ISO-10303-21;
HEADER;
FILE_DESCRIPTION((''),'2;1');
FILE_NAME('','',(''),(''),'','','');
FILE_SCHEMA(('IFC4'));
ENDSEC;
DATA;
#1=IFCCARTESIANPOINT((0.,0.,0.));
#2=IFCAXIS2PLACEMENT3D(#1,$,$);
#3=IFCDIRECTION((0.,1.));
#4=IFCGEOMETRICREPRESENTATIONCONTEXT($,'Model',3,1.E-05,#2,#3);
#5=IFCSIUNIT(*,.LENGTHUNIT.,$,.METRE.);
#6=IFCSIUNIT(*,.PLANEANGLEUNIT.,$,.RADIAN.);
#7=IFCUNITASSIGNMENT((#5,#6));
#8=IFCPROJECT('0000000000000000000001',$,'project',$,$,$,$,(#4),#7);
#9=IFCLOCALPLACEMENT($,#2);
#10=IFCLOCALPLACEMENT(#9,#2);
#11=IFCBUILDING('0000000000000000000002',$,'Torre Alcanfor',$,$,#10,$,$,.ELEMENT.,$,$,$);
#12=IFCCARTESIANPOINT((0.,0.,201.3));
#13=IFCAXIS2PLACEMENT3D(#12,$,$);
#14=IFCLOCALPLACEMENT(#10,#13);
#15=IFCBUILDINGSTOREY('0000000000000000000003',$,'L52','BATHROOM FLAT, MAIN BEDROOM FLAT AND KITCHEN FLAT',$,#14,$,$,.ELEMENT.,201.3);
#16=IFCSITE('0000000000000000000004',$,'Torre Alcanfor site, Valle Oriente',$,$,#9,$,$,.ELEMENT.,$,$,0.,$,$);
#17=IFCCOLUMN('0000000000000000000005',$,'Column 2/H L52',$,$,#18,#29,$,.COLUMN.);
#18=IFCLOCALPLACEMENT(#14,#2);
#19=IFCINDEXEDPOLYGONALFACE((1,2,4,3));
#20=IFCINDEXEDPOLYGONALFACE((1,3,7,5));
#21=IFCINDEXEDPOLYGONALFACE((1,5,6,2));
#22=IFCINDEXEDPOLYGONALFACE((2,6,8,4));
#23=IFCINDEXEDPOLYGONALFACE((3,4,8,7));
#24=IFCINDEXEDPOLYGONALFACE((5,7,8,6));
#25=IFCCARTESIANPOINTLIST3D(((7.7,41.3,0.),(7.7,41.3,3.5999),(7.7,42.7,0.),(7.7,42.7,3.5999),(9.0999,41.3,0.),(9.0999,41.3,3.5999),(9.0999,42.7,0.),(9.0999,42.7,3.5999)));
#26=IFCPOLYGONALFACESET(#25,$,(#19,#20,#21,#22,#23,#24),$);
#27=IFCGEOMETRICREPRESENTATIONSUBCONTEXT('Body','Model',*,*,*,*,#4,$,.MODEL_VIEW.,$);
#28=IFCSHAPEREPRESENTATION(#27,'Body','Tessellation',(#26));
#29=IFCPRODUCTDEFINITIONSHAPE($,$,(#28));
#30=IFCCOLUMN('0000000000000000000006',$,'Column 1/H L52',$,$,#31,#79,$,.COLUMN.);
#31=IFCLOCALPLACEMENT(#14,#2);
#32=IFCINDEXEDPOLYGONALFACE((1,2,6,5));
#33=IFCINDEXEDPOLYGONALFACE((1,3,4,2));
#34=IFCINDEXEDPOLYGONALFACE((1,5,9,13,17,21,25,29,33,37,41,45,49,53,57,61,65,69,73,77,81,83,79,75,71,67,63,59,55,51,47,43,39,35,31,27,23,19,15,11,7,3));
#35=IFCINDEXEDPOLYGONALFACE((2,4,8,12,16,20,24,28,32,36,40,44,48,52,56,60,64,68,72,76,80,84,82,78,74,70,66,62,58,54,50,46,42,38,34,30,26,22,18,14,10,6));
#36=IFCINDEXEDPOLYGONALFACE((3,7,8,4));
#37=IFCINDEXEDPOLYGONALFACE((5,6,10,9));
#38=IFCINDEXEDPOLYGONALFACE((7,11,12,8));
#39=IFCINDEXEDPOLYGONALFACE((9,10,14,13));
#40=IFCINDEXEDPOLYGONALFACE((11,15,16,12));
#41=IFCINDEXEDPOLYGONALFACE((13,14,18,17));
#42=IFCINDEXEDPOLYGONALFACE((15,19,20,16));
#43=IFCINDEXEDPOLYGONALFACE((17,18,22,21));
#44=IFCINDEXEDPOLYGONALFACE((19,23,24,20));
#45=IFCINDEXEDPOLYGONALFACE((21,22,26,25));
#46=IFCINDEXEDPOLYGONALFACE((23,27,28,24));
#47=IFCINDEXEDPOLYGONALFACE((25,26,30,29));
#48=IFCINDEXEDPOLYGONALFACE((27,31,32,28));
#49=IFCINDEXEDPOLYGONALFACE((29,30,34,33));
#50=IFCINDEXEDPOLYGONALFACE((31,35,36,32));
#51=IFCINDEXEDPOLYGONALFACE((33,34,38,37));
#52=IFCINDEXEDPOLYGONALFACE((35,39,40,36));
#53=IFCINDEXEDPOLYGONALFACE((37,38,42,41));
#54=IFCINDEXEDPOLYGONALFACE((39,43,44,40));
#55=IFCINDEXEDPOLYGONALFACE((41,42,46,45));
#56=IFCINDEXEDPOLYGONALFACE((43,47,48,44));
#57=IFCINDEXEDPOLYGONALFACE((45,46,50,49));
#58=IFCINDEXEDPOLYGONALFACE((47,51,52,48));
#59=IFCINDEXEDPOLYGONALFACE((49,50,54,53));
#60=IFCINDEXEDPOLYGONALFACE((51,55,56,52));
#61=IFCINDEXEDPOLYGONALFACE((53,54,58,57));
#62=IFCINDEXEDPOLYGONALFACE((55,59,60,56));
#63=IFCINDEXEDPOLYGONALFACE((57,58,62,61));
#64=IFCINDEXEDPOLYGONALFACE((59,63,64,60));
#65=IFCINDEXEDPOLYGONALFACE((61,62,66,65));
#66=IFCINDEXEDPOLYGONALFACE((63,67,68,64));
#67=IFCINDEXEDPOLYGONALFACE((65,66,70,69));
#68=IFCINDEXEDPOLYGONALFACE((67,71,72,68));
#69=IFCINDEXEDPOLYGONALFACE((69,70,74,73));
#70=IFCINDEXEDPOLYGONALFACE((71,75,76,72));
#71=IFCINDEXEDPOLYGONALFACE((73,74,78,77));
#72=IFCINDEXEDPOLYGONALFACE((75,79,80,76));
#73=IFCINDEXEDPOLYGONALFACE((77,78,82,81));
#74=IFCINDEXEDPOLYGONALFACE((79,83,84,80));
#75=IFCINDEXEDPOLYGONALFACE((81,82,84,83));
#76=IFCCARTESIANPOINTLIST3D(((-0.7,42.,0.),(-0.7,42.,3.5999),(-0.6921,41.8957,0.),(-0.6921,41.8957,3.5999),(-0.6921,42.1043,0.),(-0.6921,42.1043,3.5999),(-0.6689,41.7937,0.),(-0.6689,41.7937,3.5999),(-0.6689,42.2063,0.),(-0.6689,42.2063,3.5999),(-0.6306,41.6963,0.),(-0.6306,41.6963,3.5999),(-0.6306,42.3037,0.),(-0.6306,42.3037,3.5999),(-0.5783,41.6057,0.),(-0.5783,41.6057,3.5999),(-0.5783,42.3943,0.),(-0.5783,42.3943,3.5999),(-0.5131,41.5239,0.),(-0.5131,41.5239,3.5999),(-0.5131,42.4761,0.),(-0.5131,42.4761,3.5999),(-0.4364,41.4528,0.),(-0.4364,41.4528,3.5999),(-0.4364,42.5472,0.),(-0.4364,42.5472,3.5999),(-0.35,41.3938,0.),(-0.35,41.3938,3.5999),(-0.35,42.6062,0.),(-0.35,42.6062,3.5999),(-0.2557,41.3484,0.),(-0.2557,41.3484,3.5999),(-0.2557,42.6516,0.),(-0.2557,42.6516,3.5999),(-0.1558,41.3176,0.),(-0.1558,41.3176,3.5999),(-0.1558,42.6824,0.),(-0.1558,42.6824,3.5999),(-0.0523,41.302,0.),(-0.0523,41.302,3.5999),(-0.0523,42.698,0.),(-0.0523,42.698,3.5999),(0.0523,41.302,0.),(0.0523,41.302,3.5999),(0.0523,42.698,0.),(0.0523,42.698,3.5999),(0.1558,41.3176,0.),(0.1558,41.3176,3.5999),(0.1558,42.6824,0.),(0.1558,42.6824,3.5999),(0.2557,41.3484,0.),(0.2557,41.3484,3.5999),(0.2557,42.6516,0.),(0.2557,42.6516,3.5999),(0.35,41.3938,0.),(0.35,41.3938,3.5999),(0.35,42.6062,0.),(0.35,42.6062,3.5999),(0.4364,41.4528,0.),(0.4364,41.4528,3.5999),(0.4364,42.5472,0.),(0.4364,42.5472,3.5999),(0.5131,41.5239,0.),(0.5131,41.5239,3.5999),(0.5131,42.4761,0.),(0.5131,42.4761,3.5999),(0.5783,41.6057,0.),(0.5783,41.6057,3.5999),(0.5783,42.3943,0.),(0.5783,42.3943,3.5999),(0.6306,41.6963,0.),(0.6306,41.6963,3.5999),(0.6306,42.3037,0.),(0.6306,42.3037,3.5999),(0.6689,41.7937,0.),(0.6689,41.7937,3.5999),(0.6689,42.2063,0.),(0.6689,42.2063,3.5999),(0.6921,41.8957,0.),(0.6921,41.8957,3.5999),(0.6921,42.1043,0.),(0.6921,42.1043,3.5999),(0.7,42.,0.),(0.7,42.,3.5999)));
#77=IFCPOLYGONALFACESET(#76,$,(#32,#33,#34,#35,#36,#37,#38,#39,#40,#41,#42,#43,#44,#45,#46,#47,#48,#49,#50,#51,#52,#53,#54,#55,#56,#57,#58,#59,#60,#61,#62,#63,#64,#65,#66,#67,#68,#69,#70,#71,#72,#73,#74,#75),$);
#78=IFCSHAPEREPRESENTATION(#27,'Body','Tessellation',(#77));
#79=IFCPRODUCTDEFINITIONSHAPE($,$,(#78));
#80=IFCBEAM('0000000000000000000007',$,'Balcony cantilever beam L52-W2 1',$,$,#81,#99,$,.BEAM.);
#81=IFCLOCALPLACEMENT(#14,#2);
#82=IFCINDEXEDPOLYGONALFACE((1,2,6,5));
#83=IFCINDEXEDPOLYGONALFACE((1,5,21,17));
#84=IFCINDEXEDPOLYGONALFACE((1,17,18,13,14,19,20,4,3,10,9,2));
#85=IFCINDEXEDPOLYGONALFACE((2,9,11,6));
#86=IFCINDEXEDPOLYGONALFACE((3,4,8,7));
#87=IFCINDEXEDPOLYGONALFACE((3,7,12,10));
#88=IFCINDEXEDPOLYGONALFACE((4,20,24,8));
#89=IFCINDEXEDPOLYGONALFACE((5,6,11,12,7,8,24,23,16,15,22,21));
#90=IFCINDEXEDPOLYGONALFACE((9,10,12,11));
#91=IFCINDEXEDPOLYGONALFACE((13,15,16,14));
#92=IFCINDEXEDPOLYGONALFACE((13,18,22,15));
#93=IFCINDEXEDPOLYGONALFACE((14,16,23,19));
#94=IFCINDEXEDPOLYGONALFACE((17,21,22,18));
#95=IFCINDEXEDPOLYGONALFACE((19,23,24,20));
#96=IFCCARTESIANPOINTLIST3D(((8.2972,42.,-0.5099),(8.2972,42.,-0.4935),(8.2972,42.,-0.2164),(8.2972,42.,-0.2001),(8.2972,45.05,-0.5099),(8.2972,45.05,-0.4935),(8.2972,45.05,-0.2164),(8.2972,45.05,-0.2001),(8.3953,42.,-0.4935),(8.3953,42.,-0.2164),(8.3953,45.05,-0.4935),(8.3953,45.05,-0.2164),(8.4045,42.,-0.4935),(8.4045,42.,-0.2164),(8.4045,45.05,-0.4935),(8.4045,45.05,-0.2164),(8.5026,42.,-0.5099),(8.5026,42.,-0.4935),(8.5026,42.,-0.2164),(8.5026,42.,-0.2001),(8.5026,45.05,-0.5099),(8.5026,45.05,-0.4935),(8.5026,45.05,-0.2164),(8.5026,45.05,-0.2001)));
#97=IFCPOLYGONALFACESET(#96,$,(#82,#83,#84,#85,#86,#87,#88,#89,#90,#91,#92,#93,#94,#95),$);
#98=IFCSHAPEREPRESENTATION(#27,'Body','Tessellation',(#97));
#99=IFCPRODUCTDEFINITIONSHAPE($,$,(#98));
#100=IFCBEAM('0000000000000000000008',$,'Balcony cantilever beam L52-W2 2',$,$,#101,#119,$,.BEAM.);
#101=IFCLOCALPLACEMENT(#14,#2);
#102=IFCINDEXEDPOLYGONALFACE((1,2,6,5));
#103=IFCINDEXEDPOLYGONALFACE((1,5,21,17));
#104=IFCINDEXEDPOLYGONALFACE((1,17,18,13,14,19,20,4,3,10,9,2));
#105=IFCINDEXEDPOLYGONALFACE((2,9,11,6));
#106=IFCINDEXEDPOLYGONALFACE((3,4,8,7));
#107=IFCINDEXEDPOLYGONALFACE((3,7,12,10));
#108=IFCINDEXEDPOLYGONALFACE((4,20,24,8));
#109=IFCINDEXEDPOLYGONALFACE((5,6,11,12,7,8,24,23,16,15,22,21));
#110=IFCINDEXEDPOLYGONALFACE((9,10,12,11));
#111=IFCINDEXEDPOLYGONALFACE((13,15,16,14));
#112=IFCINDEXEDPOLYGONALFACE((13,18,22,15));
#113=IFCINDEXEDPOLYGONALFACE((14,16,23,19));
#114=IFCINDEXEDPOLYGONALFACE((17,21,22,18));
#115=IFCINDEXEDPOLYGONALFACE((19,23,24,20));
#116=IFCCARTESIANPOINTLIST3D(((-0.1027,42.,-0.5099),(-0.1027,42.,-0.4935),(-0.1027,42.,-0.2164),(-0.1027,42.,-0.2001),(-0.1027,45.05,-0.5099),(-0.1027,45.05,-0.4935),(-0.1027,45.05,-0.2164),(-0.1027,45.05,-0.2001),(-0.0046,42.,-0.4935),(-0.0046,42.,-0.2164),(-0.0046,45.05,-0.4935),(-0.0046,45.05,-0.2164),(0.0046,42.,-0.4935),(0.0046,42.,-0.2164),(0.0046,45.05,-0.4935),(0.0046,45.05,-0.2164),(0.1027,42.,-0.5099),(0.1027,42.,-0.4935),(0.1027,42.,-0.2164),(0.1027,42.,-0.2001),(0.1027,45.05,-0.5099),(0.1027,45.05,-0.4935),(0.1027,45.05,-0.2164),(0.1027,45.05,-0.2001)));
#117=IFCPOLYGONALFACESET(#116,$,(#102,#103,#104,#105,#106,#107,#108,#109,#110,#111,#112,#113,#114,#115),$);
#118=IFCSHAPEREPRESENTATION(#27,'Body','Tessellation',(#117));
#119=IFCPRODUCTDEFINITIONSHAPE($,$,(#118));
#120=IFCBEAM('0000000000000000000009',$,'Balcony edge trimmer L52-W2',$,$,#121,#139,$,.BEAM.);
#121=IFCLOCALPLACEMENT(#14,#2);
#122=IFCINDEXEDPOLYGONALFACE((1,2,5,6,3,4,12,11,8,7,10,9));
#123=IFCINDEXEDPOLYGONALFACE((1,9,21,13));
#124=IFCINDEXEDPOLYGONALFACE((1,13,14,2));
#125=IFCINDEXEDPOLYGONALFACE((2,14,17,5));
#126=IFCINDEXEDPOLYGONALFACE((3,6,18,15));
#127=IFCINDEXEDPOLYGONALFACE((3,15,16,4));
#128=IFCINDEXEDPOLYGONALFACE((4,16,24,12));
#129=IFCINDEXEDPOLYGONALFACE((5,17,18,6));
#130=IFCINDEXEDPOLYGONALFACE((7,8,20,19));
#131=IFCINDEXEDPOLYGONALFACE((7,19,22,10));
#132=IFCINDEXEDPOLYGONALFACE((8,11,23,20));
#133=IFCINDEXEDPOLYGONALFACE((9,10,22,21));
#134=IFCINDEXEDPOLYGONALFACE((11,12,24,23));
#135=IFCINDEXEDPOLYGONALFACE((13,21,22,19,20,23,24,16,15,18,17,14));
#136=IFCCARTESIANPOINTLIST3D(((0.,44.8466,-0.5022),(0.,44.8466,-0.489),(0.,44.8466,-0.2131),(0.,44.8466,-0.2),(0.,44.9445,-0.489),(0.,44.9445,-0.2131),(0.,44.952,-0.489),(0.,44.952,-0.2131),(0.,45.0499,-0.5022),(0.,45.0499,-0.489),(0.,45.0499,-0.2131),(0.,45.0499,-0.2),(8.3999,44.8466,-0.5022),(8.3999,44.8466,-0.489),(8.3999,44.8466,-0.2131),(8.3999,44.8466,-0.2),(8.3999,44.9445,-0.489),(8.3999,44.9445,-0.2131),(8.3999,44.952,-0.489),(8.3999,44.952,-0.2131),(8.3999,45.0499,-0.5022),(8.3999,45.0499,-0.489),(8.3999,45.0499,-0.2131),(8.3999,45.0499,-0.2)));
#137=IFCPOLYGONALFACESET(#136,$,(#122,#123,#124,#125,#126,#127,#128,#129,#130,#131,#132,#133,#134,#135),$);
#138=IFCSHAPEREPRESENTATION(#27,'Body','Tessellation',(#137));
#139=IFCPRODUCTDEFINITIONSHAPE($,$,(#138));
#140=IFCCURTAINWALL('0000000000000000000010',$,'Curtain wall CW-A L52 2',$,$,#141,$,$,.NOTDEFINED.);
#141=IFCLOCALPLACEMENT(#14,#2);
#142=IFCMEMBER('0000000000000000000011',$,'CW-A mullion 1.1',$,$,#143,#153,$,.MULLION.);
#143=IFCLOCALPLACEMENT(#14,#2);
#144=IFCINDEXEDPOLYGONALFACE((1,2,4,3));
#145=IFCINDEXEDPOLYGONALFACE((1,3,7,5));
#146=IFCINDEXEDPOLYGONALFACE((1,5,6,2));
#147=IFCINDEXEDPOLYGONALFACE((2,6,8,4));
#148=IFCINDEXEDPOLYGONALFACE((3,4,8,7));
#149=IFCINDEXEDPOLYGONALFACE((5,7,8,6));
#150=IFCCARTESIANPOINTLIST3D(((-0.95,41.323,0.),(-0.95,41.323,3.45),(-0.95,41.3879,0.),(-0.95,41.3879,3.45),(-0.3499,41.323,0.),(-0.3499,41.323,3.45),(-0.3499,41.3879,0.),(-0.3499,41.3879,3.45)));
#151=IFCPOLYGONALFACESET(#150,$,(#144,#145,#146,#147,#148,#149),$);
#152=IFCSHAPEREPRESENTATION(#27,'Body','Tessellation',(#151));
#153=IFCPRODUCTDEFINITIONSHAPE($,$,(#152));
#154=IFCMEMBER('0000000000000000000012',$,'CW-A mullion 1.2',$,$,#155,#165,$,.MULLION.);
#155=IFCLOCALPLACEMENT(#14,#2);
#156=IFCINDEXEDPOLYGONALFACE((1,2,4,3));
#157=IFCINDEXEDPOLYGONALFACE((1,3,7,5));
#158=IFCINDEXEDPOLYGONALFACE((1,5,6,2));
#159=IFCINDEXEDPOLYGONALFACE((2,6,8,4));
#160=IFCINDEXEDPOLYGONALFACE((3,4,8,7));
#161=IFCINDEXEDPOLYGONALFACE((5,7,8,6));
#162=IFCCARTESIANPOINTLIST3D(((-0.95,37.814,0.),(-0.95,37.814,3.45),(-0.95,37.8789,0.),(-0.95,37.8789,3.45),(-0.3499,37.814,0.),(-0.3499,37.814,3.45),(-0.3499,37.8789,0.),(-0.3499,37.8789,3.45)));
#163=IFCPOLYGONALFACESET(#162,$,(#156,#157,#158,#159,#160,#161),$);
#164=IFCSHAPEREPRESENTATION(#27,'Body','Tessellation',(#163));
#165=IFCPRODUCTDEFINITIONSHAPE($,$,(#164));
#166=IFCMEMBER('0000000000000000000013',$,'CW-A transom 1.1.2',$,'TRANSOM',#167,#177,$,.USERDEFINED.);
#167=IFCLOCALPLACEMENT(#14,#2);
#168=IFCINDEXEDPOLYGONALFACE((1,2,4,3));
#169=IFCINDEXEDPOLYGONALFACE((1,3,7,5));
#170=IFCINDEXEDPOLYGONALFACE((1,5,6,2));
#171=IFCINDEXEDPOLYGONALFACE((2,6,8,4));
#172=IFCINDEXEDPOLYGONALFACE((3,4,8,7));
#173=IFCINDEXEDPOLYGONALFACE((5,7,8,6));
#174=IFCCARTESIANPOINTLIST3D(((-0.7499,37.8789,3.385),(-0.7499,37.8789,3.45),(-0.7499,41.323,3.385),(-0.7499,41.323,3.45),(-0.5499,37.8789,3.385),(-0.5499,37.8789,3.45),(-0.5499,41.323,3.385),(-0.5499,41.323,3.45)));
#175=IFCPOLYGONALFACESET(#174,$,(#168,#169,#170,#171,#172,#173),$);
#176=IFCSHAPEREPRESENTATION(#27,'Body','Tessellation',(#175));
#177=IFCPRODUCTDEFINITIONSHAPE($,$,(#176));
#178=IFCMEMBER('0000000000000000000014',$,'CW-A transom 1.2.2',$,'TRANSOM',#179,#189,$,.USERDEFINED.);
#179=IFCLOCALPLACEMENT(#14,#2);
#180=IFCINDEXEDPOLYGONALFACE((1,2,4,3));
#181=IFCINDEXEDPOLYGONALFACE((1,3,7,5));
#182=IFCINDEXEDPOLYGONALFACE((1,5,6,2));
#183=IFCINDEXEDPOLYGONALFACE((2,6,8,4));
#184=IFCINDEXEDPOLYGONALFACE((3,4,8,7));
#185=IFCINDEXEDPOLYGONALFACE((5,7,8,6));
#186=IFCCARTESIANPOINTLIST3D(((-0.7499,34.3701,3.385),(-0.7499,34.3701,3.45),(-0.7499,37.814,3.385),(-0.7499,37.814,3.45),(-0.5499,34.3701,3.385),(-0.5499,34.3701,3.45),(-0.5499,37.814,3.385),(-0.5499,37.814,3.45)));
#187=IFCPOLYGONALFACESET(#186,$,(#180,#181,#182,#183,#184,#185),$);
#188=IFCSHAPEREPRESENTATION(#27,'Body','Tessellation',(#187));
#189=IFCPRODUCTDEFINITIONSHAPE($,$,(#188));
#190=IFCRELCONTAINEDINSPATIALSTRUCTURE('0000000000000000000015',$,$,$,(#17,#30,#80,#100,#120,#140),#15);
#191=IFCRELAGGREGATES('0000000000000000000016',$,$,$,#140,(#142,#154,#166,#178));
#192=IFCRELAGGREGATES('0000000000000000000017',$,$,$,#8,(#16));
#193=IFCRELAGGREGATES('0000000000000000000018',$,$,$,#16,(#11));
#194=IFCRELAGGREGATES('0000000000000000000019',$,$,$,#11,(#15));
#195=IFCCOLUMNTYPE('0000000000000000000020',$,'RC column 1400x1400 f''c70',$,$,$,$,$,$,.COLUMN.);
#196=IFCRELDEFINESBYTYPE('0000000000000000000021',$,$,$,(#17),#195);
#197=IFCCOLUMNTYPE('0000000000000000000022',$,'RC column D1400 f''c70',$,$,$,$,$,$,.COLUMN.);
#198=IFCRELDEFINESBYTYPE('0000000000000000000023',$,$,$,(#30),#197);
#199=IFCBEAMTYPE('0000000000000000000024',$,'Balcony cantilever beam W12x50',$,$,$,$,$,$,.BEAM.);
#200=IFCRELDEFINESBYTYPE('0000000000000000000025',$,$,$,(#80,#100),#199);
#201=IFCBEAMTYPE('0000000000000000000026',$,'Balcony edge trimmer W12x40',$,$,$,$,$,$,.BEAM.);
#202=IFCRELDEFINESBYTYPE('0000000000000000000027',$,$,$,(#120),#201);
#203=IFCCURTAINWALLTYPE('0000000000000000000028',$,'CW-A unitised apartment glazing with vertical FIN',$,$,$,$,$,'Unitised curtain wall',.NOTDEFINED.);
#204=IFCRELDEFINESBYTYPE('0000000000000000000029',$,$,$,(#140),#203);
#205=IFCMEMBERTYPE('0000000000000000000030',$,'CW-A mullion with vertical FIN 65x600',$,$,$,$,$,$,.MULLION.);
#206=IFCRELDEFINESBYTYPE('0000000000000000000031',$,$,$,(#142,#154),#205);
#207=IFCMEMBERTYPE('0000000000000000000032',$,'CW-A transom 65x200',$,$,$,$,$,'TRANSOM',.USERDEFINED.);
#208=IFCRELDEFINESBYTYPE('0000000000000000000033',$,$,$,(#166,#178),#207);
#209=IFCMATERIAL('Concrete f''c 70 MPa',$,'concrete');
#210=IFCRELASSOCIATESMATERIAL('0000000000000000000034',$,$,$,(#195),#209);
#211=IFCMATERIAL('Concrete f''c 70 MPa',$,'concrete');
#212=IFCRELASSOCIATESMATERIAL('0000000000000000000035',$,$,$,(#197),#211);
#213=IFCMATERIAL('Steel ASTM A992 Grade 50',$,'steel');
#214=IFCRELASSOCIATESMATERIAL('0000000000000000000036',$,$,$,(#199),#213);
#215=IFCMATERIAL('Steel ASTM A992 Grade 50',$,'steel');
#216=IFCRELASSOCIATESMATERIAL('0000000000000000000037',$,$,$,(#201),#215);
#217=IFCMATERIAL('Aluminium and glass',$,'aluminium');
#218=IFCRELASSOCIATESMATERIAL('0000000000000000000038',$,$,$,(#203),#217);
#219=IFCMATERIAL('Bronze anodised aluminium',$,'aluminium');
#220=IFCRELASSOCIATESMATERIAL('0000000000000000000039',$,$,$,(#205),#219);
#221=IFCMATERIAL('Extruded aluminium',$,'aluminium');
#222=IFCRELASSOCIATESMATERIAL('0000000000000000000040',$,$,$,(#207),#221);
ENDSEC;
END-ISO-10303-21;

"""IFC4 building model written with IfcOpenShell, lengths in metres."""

from ifc_helpers import new_model, si_unit, direction, frame, origin, origin_2d, place, context, subcontext, project, spatial, rectangle, circle, i_section, extrude, material, material_profile, profile_set, type_object, element, aggregate, save


model = new_model("IFC4")

# Units and contexts
model_context = context("Model", 3, precision=1e-05, world=origin(), true_north=direction((0.0, 1.0)))
body_context = subcontext(model_context, "Body", "Model", "MODEL_VIEW")
ifc_project = project(units=[si_unit("LENGTHUNIT", "METRE"), si_unit("PLANEANGLEUNIT", "RADIAN")], contexts=[model_context])

# Site, building, storey
site_placement = place(None, origin())
site = spatial("IfcSite", under=ifc_project, at=site_placement, Name="Torre Alcanfor site, Valle Oriente", CompositionType="ELEMENT", RefElevation=0.0)
building_placement = place(site_placement, origin())
building = spatial("IfcBuilding", under=site, at=building_placement, Name="Torre Alcanfor", CompositionType="ELEMENT")
storey_placement = place(building_placement, frame((0.0, 0.0, 201.3)))
storey = spatial("IfcBuildingStorey", under=building, at=storey_placement, Name="L52", Description="BATHROOM FLAT, MAIN BEDROOM FLAT AND KITCHEN FLAT", CompositionType="ELEMENT", Elevation=201.3)

# Columns
ifc_material_1 = material(Name="Concrete f'c 70 MPa", Category="concrete")
ifc_material_profile_1 = material_profile(ifc_material_1, rectangle(XDim=1.3999, YDim=1.3999, at=origin_2d()), Name="1400x1400")
ifc_profile_set_1 = profile_set([ifc_material_profile_1], Name="Concrete f'c 70 MPa")
column_type_1 = type_object("IfcColumnType", Name="RC column 1400x1400 f'c70", PredefinedType="COLUMN", material=ifc_profile_set_1)
column_1_placement = place(storey_placement, frame((8.3999, 42.0, 0.0), z_axis=(0.0, 0.0, 1.0), x_axis=(1.0, 0.0, 0.0)))
element("IfcColumn", 1, at=column_1_placement, inside=storey, type_object=column_type_1, Name="Column 2/H L52", PredefinedType="COLUMN", context=body_context, shape_type="SweptSolid", body=[
    extrude(rectangle(XDim=1.3999, YDim=1.3999, at=origin_2d()), origin(), (0.0, 0.0, 1.0), 3.5999),
])
ifc_material_2 = material(Name="Concrete f'c 70 MPa", Category="concrete")
ifc_material_profile_2 = material_profile(ifc_material_2, circle(Radius=0.7, at=origin_2d()), Name="D1400")
ifc_profile_set_2 = profile_set([ifc_material_profile_2], Name="Concrete f'c 70 MPa")
column_type_2 = type_object("IfcColumnType", Name="RC column D1400 f'c70", PredefinedType="COLUMN", material=ifc_profile_set_2)
column_2_placement = place(storey_placement, frame((0.0, 42.0, 0.0), z_axis=(0.0, 0.0, 1.0), x_axis=(1.0, 0.0, 0.0)))
element("IfcColumn", 2, at=column_2_placement, inside=storey, type_object=column_type_2, Name="Column 1/H L52", PredefinedType="COLUMN", context=body_context, shape_type="SweptSolid", body=[
    extrude(circle(Radius=0.7, at=origin_2d()), origin(), (0.0, 0.0, 1.0), 3.5999),
])

# Beams
ifc_material_3 = material(Name="Steel ASTM A992 Grade 50", Category="steel")
ifc_material_profile_3 = material_profile(ifc_material_3, i_section(OverallWidth=0.2053, OverallDepth=0.3098, WebThickness=0.0093, FlangeThickness=0.0164, at=origin_2d()), Name="W12x50")
ifc_profile_set_3 = profile_set([ifc_material_profile_3], Name="Steel ASTM A992 Grade 50")
beam_type_1 = type_object("IfcBeamType", Name="Balcony cantilever beam W12x50", PredefinedType="BEAM", material=ifc_profile_set_3)
for number, where, z_axis, x_axis, name in (
    (3, (8.3999, 42.0, -0.355), (0.0, 1.0, 0.0), (-1.0, 0.0, 0.0), "Balcony cantilever beam L52-W2 1"),
    (4, (0.0, 42.0, -0.355), (0.0, 1.0, 0.0), (-1.0, 0.0, 0.0), "Balcony cantilever beam L52-W2 2"),
):
    element("IfcBeam", number, at=place(storey_placement, frame(where, z_axis=z_axis, x_axis=x_axis)), inside=storey, type_object=beam_type_1, Name=name, PredefinedType="BEAM", context=body_context, shape_type="SweptSolid", body=[
        extrude(i_section(OverallWidth=0.2053, OverallDepth=0.3098, WebThickness=0.0093, FlangeThickness=0.0164, at=origin_2d()), origin(), (0.0, 0.0, 1.0), 3.05),
    ])
ifc_material_4 = material(Name="Steel ASTM A992 Grade 50", Category="steel")
ifc_material_profile_4 = material_profile(ifc_material_4, i_section(OverallWidth=0.2034, OverallDepth=0.3022, WebThickness=0.0076, FlangeThickness=0.0132, at=origin_2d()), Name="W12x40")
ifc_profile_set_4 = profile_set([ifc_material_profile_4], Name="Steel ASTM A992 Grade 50")
beam_type_2 = type_object("IfcBeamType", Name="Balcony edge trimmer W12x40", PredefinedType="BEAM", material=ifc_profile_set_4)
beam_1_placement = place(storey_placement, frame((8.3999, 44.9482, -0.3511), z_axis=(-1.0, 0.0, 0.0), x_axis=(0.0, -1.0, 0.0)))
element("IfcBeam", 5, at=beam_1_placement, inside=storey, type_object=beam_type_2, Name="Balcony edge trimmer L52-W2", PredefinedType="BEAM", context=body_context, shape_type="SweptSolid", body=[
    extrude(i_section(OverallWidth=0.2034, OverallDepth=0.3022, WebThickness=0.0076, FlangeThickness=0.0132, at=origin_2d()), origin(), (0.0, 0.0, 1.0), 8.3999),
])

# Curtain wall, members
ifc_material_5 = material(Name="Aluminium and glass", Category="aluminium")
curtain_wall_type = type_object("IfcCurtainWallType", Name="CW-A unitised apartment glazing with vertical FIN", ElementType="Unitised curtain wall", PredefinedType="NOTDEFINED", material=ifc_material_5)
curtain_wall_placement = place(storey_placement, origin())
curtain_wall = element("IfcCurtainWall", 6, at=curtain_wall_placement, inside=storey, type_object=curtain_wall_type, Name="Curtain wall CW-A L52 2", PredefinedType="NOTDEFINED")
ifc_material_6 = material(Name="Bronze anodised aluminium", Category="aluminium")
ifc_material_profile_5 = material_profile(ifc_material_6, rectangle(XDim=0.6001, YDim=0.0649, at=origin_2d()), Name="CW-A mullion 65x600")
ifc_profile_set_5 = profile_set([ifc_material_profile_5], Name="Bronze anodised aluminium")
member_type_1 = type_object("IfcMemberType", Name="CW-A mullion with vertical FIN 65x600", PredefinedType="MULLION", material=ifc_profile_set_5)
member_1_placement = place(storey_placement, frame((-0.6499, 41.3555, 0.0), z_axis=(0.0, 0.0, 1.0), x_axis=(1.0, 0.0, 0.0)))
member_1 = element("IfcMember", 7, at=member_1_placement, type_object=member_type_1, Name="CW-A mullion 1.1", PredefinedType="MULLION", context=body_context, shape_type="SweptSolid", body=[
    extrude(rectangle(XDim=0.6001, YDim=0.0649, at=origin_2d()), origin(), (0.0, 0.0, 1.0), 3.45),
])
member_2_placement = place(storey_placement, frame((-0.6499, 37.8464, 0.0), z_axis=(0.0, 0.0, 1.0), x_axis=(1.0, 0.0, 0.0)))
member_2 = element("IfcMember", 8, at=member_2_placement, type_object=member_type_1, Name="CW-A mullion 1.2", PredefinedType="MULLION", context=body_context, shape_type="SweptSolid", body=[
    extrude(rectangle(XDim=0.6001, YDim=0.0649, at=origin_2d()), origin(), (0.0, 0.0, 1.0), 3.45),
])
ifc_material_7 = material(Name="Extruded aluminium", Category="aluminium")
ifc_material_profile_6 = material_profile(ifc_material_7, rectangle(XDim=0.2, YDim=0.0649, at=origin_2d()), Name="CW-A transom 200x65")
ifc_profile_set_6 = profile_set([ifc_material_profile_6], Name="Extruded aluminium")
member_type_2 = type_object("IfcMemberType", Name="CW-A transom 65x200", ElementType="TRANSOM", PredefinedType="USERDEFINED", material=ifc_profile_set_6)
member_3_placement = place(storey_placement, frame((-0.6499, 41.323, 3.4175), z_axis=(0.0, -1.0, 0.0), x_axis=(1.0, 0.0, 0.0)))
member_3 = element("IfcMember", 9, at=member_3_placement, type_object=member_type_2, Name="CW-A transom 1.1.2", ObjectType="TRANSOM", PredefinedType="USERDEFINED", context=body_context, shape_type="SweptSolid", body=[
    extrude(rectangle(XDim=0.2, YDim=0.0649, at=origin_2d()), origin(), (0.0, 0.0, 1.0), 3.4441),
])
member_4_placement = place(storey_placement, frame((-0.6499, 37.814, 3.4175), z_axis=(0.0, -1.0, 0.0), x_axis=(1.0, 0.0, 0.0)))
member_4 = element("IfcMember", 10, at=member_4_placement, type_object=member_type_2, Name="CW-A transom 1.2.2", ObjectType="TRANSOM", PredefinedType="USERDEFINED", context=body_context, shape_type="SweptSolid", body=[
    extrude(rectangle(XDim=0.2, YDim=0.0649, at=origin_2d()), origin(), (0.0, 0.0, 1.0), 3.4438),
])

aggregate(curtain_wall, [member_1, member_2, member_3, member_4])

save(model, "model.ifc")
